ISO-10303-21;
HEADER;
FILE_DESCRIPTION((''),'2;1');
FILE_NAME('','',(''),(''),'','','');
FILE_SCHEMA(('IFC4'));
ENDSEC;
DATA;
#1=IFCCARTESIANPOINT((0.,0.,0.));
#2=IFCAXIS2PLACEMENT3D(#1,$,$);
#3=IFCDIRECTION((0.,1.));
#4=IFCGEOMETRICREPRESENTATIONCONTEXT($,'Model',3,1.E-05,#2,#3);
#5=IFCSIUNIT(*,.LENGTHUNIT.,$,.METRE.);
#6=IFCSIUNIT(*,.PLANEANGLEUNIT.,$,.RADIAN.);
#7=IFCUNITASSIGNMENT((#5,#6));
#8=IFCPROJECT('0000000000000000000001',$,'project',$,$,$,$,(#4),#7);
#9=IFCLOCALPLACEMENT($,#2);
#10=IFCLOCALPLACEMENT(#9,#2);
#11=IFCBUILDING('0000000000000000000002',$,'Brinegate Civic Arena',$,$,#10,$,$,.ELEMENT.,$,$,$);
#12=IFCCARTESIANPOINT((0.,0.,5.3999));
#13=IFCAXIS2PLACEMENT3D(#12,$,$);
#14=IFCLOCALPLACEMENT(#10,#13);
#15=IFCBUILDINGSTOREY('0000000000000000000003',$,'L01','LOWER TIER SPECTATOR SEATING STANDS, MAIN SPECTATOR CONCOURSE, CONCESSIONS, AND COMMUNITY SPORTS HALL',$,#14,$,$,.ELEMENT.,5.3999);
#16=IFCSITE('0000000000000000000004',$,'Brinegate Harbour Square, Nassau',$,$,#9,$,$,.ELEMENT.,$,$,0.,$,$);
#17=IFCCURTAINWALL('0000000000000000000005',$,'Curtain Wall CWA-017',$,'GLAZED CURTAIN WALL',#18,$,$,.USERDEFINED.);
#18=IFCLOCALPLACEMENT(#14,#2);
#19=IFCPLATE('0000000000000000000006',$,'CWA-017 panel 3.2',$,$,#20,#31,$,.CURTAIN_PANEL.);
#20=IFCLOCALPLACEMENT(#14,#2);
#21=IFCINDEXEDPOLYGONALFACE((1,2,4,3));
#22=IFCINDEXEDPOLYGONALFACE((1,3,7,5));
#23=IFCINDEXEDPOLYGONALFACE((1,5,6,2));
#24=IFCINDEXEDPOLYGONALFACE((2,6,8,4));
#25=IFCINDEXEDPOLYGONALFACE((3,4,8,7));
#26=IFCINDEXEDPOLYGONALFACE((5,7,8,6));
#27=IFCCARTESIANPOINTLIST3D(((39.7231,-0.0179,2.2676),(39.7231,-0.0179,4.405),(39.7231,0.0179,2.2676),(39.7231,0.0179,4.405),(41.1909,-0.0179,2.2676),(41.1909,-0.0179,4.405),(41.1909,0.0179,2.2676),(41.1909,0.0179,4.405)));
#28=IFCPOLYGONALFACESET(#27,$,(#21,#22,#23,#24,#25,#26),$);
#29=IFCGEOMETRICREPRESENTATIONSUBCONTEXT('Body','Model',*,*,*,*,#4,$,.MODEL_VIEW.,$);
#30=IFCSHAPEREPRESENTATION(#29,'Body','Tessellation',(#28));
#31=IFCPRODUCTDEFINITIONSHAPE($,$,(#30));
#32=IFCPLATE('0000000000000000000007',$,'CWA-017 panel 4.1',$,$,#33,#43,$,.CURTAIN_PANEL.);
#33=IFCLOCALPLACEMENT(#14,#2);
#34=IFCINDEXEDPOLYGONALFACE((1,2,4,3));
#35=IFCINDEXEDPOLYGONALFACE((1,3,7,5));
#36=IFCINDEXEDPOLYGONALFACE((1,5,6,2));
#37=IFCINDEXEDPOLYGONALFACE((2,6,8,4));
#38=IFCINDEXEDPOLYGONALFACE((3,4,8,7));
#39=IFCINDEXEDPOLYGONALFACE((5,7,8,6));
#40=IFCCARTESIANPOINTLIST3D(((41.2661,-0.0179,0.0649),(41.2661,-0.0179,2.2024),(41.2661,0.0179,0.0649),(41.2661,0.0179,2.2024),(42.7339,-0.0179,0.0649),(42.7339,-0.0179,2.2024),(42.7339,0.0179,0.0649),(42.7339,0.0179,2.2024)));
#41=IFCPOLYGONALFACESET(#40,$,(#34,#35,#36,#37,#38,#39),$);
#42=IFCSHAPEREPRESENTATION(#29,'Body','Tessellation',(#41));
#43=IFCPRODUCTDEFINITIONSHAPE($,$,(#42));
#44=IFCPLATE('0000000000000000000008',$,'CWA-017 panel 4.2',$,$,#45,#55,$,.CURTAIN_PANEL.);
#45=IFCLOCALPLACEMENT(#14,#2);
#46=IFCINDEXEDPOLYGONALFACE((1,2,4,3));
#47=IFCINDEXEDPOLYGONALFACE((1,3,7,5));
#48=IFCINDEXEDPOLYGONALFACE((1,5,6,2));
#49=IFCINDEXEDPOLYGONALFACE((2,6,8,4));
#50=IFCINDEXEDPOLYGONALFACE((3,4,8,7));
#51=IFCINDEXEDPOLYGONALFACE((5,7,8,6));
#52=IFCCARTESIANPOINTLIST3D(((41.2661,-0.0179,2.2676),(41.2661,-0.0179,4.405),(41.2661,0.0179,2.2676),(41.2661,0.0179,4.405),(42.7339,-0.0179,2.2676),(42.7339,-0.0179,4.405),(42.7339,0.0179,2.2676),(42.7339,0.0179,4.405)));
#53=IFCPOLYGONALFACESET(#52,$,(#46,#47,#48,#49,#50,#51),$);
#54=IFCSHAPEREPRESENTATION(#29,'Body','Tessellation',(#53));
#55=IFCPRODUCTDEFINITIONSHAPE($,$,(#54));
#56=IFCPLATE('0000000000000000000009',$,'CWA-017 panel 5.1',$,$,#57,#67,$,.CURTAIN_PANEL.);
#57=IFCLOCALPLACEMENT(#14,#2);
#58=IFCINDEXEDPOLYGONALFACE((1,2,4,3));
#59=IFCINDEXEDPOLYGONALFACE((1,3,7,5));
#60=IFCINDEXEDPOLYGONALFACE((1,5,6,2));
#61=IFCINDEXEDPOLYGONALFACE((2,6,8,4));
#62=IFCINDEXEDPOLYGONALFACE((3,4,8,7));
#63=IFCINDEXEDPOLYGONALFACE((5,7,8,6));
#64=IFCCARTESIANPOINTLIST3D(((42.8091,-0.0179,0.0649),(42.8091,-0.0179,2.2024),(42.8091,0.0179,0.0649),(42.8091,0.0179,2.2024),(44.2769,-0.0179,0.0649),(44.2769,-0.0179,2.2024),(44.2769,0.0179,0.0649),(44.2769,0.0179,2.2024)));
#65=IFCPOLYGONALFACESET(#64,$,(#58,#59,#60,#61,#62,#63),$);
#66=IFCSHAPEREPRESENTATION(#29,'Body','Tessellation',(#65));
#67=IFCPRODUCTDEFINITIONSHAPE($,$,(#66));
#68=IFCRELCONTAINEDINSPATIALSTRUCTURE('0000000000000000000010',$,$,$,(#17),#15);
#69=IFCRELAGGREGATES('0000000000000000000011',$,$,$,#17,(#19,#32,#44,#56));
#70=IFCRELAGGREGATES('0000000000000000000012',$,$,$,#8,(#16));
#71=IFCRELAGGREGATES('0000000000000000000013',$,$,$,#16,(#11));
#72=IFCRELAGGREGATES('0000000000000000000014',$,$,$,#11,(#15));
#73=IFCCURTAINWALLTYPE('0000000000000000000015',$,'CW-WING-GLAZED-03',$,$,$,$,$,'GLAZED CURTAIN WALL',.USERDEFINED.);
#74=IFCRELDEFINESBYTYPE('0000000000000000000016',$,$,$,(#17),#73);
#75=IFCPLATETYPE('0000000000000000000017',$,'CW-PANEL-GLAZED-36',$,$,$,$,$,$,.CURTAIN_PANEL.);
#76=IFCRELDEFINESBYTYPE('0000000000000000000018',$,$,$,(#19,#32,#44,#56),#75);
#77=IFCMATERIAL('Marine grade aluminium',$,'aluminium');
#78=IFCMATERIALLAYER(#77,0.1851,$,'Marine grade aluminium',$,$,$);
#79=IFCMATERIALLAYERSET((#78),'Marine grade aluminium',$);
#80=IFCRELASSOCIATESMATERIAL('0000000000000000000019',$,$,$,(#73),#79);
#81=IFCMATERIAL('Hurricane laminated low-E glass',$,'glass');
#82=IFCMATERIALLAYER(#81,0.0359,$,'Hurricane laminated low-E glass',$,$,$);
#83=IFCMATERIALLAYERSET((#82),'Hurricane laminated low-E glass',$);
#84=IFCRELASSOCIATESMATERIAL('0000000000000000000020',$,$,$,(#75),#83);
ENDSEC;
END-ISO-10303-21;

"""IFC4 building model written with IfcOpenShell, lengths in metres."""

from ifc_helpers import new_model, si_unit, direction, frame, origin, origin_2d, place, context, subcontext, project, spatial, rectangle, extrude, material, layer, layer_set, type_object, element, aggregate, save


model = new_model("IFC4")

# Units and contexts
model_context = context("Model", 3, precision=1e-05, world=origin(), true_north=direction((0.0, 1.0)))
body_context = subcontext(model_context, "Body", "Model", "MODEL_VIEW")
ifc_project = project(units=[si_unit("LENGTHUNIT", "METRE"), si_unit("PLANEANGLEUNIT", "RADIAN")], contexts=[model_context])

# Site, building, storey
site_placement = place(None, origin())
site = spatial("IfcSite", under=ifc_project, at=site_placement, Name="Brinegate Harbour Square, Nassau", CompositionType="ELEMENT", RefElevation=0.0)
building_placement = place(site_placement, origin())
building = spatial("IfcBuilding", under=site, at=building_placement, Name="Brinegate Civic Arena", CompositionType="ELEMENT")
storey_placement = place(building_placement, frame((0.0, 0.0, 5.3999)))
storey = spatial("IfcBuildingStorey", under=building, at=storey_placement, Name="L01", Description="LOWER TIER SPECTATOR SEATING STANDS, MAIN SPECTATOR CONCOURSE, CONCESSIONS, AND COMMUNITY SPORTS HALL", CompositionType="ELEMENT", Elevation=5.3999)

# Curtain wall, plates
ifc_material_1 = material(Name="Marine grade aluminium", Category="aluminium")
ifc_layer_1 = layer(ifc_material_1, 0.1851, Name="Marine grade aluminium")
ifc_layer_set_1 = layer_set([ifc_layer_1], Name="Marine grade aluminium")
curtain_wall_type = type_object("IfcCurtainWallType", Name="CW-WING-GLAZED-03", ElementType="GLAZED CURTAIN WALL", PredefinedType="USERDEFINED", material=ifc_layer_set_1)
curtain_wall_placement = place(storey_placement, origin())
curtain_wall = element("IfcCurtainWall", 1, at=curtain_wall_placement, inside=storey, type_object=curtain_wall_type, Name="Curtain Wall CWA-017", ObjectType="GLAZED CURTAIN WALL", PredefinedType="USERDEFINED")
ifc_material_2 = material(Name="Hurricane laminated low-E glass", Category="glass")
ifc_layer_2 = layer(ifc_material_2, 0.0359, Name="Hurricane laminated low-E glass")
ifc_layer_set_2 = layer_set([ifc_layer_2], Name="Hurricane laminated low-E glass")
plate_type = type_object("IfcPlateType", Name="CW-PANEL-GLAZED-36", PredefinedType="CURTAIN_PANEL", material=ifc_layer_set_2)
plate_1_placement = place(storey_placement, frame((40.457, 0.0, 2.2676), z_axis=(0.0, 0.0, 1.0), x_axis=(1.0, 0.0, 0.0)))
plate_1 = element("IfcPlate", 2, at=plate_1_placement, type_object=plate_type, Name="CWA-017 panel 3.2", PredefinedType="CURTAIN_PANEL", context=body_context, shape_type="SweptSolid", body=[
    extrude(rectangle(XDim=1.4678, YDim=0.0359, at=origin_2d()), origin(), (0.0, 0.0, 1.0), 2.1375),
])
plate_2_placement = place(storey_placement, frame((42.0, 0.0, 0.0649), z_axis=(0.0, 0.0, 1.0), x_axis=(1.0, 0.0, 0.0)))
plate_2 = element("IfcPlate", 3, at=plate_2_placement, type_object=plate_type, Name="CWA-017 panel 4.1", PredefinedType="CURTAIN_PANEL", context=body_context, shape_type="SweptSolid", body=[
    extrude(rectangle(XDim=1.4678, YDim=0.0359, at=origin_2d()), origin(), (0.0, 0.0, 1.0), 2.1375),
])
plate_3_placement = place(storey_placement, frame((42.0, 0.0, 2.2676), z_axis=(0.0, 0.0, 1.0), x_axis=(1.0, 0.0, 0.0)))
plate_3 = element("IfcPlate", 4, at=plate_3_placement, type_object=plate_type, Name="CWA-017 panel 4.2", PredefinedType="CURTAIN_PANEL", context=body_context, shape_type="SweptSolid", body=[
    extrude(rectangle(XDim=1.4678, YDim=0.0359, at=origin_2d()), origin(), (0.0, 0.0, 1.0), 2.1375),
])
plate_4_placement = place(storey_placement, frame((43.543, 0.0, 0.0649), z_axis=(0.0, 0.0, 1.0), x_axis=(1.0, 0.0, 0.0)))
plate_4 = element("IfcPlate", 5, at=plate_4_placement, type_object=plate_type, Name="CWA-017 panel 5.1", PredefinedType="CURTAIN_PANEL", context=body_context, shape_type="SweptSolid", body=[
    extrude(rectangle(XDim=1.4678, YDim=0.0359, at=origin_2d()), origin(), (0.0, 0.0, 1.0), 2.1375),
])
aggregate(curtain_wall, [plate_1, plate_2, plate_3, plate_4])

save(model, "model.ifc")
